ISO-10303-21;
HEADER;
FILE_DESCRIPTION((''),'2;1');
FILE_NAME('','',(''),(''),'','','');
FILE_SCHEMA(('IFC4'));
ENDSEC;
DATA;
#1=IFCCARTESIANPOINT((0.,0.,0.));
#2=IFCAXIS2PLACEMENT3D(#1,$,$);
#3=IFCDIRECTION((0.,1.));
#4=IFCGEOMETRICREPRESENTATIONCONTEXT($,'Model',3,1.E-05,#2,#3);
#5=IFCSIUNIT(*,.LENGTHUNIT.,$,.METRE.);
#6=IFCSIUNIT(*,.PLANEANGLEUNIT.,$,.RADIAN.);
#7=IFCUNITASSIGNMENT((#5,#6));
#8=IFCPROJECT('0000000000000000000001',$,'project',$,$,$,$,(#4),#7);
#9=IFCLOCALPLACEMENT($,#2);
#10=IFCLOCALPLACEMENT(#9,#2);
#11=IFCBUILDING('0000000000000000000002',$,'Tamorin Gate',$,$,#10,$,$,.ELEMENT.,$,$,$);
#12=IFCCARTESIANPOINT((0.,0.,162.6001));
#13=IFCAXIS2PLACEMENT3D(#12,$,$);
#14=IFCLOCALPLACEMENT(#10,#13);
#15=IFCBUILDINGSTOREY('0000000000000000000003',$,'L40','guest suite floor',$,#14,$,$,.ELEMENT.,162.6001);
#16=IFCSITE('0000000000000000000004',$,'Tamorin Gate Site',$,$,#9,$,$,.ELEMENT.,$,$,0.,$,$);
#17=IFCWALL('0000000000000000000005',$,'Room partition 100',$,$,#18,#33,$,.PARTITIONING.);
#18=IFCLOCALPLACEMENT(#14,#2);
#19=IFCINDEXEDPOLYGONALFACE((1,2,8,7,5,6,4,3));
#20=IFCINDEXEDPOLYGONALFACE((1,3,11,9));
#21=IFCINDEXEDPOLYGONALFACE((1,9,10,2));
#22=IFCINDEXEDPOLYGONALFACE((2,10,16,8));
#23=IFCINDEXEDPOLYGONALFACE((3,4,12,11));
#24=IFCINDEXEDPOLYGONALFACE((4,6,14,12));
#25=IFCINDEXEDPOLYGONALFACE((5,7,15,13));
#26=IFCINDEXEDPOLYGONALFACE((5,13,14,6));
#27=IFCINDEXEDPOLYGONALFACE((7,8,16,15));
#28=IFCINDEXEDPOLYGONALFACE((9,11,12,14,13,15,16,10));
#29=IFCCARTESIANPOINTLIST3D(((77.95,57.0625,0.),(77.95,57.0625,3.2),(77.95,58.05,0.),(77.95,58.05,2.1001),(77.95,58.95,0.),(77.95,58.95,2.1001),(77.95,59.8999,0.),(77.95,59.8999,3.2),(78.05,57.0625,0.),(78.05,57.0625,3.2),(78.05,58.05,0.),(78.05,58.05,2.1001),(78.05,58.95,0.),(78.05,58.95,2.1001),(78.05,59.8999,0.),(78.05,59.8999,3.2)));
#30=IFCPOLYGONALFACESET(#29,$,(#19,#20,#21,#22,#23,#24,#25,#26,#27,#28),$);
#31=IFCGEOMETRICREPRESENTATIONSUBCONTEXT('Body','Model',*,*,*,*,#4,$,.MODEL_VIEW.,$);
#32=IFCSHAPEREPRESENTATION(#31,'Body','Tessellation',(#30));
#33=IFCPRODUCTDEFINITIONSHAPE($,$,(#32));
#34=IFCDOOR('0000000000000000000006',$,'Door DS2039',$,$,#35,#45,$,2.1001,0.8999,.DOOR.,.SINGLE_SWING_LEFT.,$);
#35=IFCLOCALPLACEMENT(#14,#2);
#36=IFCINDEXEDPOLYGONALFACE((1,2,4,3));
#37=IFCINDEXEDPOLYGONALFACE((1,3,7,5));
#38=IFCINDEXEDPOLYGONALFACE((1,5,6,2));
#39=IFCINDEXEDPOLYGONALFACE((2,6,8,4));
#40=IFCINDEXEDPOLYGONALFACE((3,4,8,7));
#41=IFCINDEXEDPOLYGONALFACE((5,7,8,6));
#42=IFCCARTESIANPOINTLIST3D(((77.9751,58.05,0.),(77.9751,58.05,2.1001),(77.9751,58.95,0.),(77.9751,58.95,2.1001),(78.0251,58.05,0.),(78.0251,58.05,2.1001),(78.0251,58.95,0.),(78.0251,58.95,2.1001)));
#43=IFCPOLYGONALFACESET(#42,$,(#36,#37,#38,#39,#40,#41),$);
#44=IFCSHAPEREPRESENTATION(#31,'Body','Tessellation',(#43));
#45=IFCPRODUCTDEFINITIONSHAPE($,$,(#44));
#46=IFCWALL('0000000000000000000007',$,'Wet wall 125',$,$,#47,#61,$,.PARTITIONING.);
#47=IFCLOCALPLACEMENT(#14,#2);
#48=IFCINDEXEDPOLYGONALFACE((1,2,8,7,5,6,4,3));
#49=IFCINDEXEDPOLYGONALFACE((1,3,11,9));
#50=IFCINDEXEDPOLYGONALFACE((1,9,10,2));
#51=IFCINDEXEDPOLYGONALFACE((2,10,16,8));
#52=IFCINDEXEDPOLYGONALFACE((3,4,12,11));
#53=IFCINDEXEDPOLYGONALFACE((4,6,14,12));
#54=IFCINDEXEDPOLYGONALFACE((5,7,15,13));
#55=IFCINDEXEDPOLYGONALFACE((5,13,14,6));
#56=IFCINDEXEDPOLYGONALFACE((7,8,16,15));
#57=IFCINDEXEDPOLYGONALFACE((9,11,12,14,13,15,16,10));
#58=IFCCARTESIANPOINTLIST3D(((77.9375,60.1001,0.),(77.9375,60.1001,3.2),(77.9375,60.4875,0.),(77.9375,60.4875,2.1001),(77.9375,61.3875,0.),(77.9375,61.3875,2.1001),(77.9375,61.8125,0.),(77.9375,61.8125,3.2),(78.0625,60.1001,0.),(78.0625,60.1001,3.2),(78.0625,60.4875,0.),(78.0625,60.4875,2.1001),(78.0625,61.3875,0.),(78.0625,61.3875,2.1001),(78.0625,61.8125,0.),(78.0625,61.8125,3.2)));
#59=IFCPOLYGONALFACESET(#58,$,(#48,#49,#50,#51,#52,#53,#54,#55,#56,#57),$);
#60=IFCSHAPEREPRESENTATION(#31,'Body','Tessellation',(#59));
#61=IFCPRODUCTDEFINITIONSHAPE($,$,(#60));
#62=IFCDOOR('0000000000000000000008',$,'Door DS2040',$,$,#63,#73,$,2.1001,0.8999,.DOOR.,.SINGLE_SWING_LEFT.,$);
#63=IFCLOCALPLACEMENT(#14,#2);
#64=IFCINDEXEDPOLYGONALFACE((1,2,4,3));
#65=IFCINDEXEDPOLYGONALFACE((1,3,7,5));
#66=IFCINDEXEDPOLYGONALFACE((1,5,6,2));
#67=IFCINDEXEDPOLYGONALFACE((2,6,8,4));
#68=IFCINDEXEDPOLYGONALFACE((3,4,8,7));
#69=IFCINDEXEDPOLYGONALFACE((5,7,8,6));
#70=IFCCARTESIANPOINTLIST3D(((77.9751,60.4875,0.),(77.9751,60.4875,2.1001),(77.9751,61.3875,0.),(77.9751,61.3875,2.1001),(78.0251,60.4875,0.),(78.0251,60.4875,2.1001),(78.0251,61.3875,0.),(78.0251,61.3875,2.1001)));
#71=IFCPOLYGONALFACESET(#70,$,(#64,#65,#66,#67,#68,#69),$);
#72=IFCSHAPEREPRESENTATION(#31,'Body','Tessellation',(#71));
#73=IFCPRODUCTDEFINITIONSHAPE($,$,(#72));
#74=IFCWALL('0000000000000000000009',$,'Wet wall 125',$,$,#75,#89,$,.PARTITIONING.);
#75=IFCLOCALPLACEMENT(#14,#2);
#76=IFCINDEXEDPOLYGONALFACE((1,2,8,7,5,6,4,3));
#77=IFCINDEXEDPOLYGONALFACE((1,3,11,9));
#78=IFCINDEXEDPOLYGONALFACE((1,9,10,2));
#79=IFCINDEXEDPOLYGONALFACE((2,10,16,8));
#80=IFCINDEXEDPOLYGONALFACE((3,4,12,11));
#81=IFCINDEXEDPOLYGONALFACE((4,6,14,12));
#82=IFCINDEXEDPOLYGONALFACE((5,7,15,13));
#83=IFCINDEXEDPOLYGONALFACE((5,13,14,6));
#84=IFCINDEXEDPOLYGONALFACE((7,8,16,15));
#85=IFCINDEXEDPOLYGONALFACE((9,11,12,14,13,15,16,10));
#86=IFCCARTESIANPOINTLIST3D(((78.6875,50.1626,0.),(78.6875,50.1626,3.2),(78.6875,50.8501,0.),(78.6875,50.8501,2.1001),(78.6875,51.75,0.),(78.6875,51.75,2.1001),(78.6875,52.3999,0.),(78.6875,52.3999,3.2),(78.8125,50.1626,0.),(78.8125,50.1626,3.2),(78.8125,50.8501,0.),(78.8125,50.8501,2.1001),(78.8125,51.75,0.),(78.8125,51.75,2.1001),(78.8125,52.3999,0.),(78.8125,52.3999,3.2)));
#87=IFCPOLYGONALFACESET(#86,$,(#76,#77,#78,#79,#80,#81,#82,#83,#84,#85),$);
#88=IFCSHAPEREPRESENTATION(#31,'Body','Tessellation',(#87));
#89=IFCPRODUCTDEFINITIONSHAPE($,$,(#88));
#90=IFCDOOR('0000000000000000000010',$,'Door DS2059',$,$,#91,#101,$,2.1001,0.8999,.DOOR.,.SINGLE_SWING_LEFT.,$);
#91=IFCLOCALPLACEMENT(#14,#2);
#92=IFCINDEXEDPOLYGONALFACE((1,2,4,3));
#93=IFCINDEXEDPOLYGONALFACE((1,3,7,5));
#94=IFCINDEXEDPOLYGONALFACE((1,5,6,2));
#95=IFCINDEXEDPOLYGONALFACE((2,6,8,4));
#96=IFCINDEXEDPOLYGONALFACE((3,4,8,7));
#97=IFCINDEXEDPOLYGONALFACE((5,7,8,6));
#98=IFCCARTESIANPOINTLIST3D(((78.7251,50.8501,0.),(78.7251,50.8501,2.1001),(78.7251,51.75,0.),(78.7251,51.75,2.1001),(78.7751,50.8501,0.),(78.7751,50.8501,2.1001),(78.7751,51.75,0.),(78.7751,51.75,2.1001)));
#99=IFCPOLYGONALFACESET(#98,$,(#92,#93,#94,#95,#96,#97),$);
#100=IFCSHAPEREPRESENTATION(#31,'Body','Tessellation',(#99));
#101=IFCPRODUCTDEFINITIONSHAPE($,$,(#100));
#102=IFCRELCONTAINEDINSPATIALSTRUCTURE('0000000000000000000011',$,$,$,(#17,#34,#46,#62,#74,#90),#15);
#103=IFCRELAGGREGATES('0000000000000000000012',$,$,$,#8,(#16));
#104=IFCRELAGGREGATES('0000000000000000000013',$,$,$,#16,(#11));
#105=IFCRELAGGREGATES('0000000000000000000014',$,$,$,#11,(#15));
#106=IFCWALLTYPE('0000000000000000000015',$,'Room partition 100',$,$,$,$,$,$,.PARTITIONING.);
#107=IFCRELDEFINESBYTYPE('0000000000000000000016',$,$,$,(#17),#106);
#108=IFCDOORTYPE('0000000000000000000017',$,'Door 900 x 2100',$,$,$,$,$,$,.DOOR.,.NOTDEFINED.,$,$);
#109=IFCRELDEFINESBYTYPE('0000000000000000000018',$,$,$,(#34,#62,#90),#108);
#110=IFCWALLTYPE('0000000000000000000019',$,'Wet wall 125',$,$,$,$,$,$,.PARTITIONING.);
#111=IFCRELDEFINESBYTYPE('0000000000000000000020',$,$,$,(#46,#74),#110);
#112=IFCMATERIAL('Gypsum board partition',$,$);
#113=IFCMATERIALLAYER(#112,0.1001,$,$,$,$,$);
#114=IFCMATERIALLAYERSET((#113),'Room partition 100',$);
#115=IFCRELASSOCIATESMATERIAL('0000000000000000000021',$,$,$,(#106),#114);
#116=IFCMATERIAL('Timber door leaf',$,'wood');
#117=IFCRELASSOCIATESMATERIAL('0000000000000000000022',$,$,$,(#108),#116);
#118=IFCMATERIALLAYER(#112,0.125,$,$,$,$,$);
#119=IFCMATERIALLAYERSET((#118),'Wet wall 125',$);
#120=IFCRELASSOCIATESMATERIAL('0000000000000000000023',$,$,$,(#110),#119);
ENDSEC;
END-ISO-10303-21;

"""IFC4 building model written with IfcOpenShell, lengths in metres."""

from ifc_helpers import new_model, si_unit, direction, frame, frame_2d, origin, place, context, subcontext, project, spatial, rectangle, extrude, material, layer, layer_set, type_object, element, fill, save


model = new_model("IFC4")

# Units and contexts
model_context = context("Model", 3, precision=1e-05, world=origin(), true_north=direction((0.0, 1.0)))
body_context = subcontext(model_context, "Body", "Model", "MODEL_VIEW")
ifc_project = project(units=[si_unit("LENGTHUNIT", "METRE"), si_unit("PLANEANGLEUNIT", "RADIAN")], contexts=[model_context])

# Site, building, storey
site_placement = place(None, origin())
site = spatial("IfcSite", under=ifc_project, at=site_placement, Name="Tamorin Gate Site", CompositionType="ELEMENT", RefElevation=0.0)
building_placement = place(site_placement, origin())
building = spatial("IfcBuilding", under=site, at=building_placement, Name="Tamorin Gate", CompositionType="ELEMENT")
storey_placement = place(building_placement, frame((0.0, 0.0, 162.6001)))
storey = spatial("IfcBuildingStorey", under=building, at=storey_placement, Name="L40", Description="guest suite floor", CompositionType="ELEMENT", Elevation=162.6001)

# Walls, openings, doors
ifc_material_1 = material(Name="Gypsum board partition")
ifc_layer_1 = layer(ifc_material_1, 0.1001)
ifc_layer_set_1 = layer_set([ifc_layer_1], Name="Room partition 100")
wall_type_1 = type_object("IfcWallType", Name="Room partition 100", PredefinedType="PARTITIONING", material=ifc_layer_set_1)
wall_1_placement = place(storey_placement, frame((78.0, 57.0625, 0.0), z_axis=(0.0, 0.0, 1.0), x_axis=(0.0, 1.0, 0.0)))
wall_1 = element("IfcWall", 1, at=wall_1_placement, inside=storey, type_object=wall_type_1, Name="Room partition 100", PredefinedType="PARTITIONING", context=body_context, shape_type="SweptSolid", body=[
    extrude(rectangle(XDim=2.8374, YDim=0.1001, at=frame_2d((1.4187, 0.0))), origin(), (0.0, 0.0, 1.0), 3.2),
])
opening_1_placement = place(wall_1_placement, frame((0.9875, 0.0, 0.0)))
opening_1 = element("IfcOpeningElement", 2, at=opening_1_placement, cuts=wall_1, PredefinedType="OPENING", context=body_context, shape_type="SweptSolid", body=[
    extrude(rectangle(XDim=0.8999, YDim=2.1001, at=frame_2d((0.45, 1.05))), frame((0.0, 0.0601, 0.0), z_axis=(0.0, -1.0, 0.0), x_axis=(1.0, 0.0, 0.0)), (0.0, 0.0, 1.0), 0.1201),
])
ifc_material_2 = material(Name="Timber door leaf", Category="wood")
door_type = type_object("IfcDoorType", Name="Door 900 x 2100", OperationType="NOTDEFINED", PredefinedType="DOOR", material=ifc_material_2)
door_1_placement = place(opening_1_placement, origin())
door_1 = element("IfcDoor", 3, at=door_1_placement, inside=storey, type_object=door_type, Name="Door DS2039", OperationType="SINGLE_SWING_LEFT", OverallHeight=2.1001, OverallWidth=0.8999, PredefinedType="DOOR", context=body_context, shape_type="SweptSolid", body=[
    extrude(rectangle(XDim=0.8999, YDim=2.1001, at=frame_2d((0.45, 1.05))), frame((0.0, 0.0249, 0.0), z_axis=(0.0, -1.0, 0.0), x_axis=(1.0, 0.0, 0.0)), (0.0, 0.0, 1.0), 0.05),
])
fill(opening_1, door_1)
ifc_layer_2 = layer(ifc_material_1, 0.125)
ifc_layer_set_2 = layer_set([ifc_layer_2], Name="Wet wall 125")
wall_type_2 = type_object("IfcWallType", Name="Wet wall 125", PredefinedType="PARTITIONING", material=ifc_layer_set_2)
wall_2_placement = place(storey_placement, frame((78.0, 60.1001, 0.0), z_axis=(0.0, 0.0, 1.0), x_axis=(0.0, 1.0, 0.0)))
wall_2 = element("IfcWall", 4, at=wall_2_placement, inside=storey, type_object=wall_type_2, Name="Wet wall 125", PredefinedType="PARTITIONING", context=body_context, shape_type="SweptSolid", body=[
    extrude(rectangle(XDim=1.7124, YDim=0.125, at=frame_2d((0.8562, 0.0))), origin(), (0.0, 0.0, 1.0), 3.2),
])
opening_2_placement = place(wall_2_placement, frame((0.3875, 0.0, 0.0)))
opening_2 = element("IfcOpeningElement", 5, at=opening_2_placement, cuts=wall_2, PredefinedType="OPENING", context=body_context, shape_type="SweptSolid", body=[
    extrude(rectangle(XDim=0.8999, YDim=2.1001, at=frame_2d((0.45, 1.05))), frame((0.0, 0.0725, 0.0), z_axis=(0.0, -1.0, 0.0), x_axis=(1.0, 0.0, 0.0)), (0.0, 0.0, 1.0), 0.145),
])
door_2_placement = place(opening_2_placement, origin())
door_2 = element("IfcDoor", 6, at=door_2_placement, inside=storey, type_object=door_type, Name="Door DS2040", OperationType="SINGLE_SWING_LEFT", OverallHeight=2.1001, OverallWidth=0.8999, PredefinedType="DOOR", context=body_context, shape_type="SweptSolid", body=[
    extrude(rectangle(XDim=0.8999, YDim=2.1001, at=frame_2d((0.45, 1.05))), frame((0.0, 0.0249, 0.0), z_axis=(0.0, -1.0, 0.0), x_axis=(1.0, 0.0, 0.0)), (0.0, 0.0, 1.0), 0.05),
])
fill(opening_2, door_2)
wall_3_placement = place(storey_placement, frame((78.75, 50.1626, 0.0), z_axis=(0.0, 0.0, 1.0), x_axis=(0.0, 1.0, 0.0)))
wall_3 = element("IfcWall", 7, at=wall_3_placement, inside=storey, type_object=wall_type_2, Name="Wet wall 125", PredefinedType="PARTITIONING", context=body_context, shape_type="SweptSolid", body=[
    extrude(rectangle(XDim=2.2373, YDim=0.125, at=frame_2d((1.1187, 0.0))), origin(), (0.0, 0.0, 1.0), 3.2),
])
opening_3_placement = place(wall_3_placement, frame((0.6875, 0.0, 0.0)))
opening_3 = element("IfcOpeningElement", 8, at=opening_3_placement, cuts=wall_3, PredefinedType="OPENING", context=body_context, shape_type="SweptSolid", body=[
    extrude(rectangle(XDim=0.8999, YDim=2.1001, at=frame_2d((0.45, 1.05))), frame((0.0, 0.0725, 0.0), z_axis=(0.0, -1.0, 0.0), x_axis=(1.0, 0.0, 0.0)), (0.0, 0.0, 1.0), 0.145),
])
door_3_placement = place(opening_3_placement, origin())
door_3 = element("IfcDoor", 9, at=door_3_placement, inside=storey, type_object=door_type, Name="Door DS2059", OperationType="SINGLE_SWING_LEFT", OverallHeight=2.1001, OverallWidth=0.8999, PredefinedType="DOOR", context=body_context, shape_type="SweptSolid", body=[
    extrude(rectangle(XDim=0.8999, YDim=2.1001, at=frame_2d((0.45, 1.05))), frame((0.0, 0.0249, 0.0), z_axis=(0.0, -1.0, 0.0), x_axis=(1.0, 0.0, 0.0)), (0.0, 0.0, 1.0), 0.05),
])
fill(opening_3, door_3)

save(model, "model.ifc")
